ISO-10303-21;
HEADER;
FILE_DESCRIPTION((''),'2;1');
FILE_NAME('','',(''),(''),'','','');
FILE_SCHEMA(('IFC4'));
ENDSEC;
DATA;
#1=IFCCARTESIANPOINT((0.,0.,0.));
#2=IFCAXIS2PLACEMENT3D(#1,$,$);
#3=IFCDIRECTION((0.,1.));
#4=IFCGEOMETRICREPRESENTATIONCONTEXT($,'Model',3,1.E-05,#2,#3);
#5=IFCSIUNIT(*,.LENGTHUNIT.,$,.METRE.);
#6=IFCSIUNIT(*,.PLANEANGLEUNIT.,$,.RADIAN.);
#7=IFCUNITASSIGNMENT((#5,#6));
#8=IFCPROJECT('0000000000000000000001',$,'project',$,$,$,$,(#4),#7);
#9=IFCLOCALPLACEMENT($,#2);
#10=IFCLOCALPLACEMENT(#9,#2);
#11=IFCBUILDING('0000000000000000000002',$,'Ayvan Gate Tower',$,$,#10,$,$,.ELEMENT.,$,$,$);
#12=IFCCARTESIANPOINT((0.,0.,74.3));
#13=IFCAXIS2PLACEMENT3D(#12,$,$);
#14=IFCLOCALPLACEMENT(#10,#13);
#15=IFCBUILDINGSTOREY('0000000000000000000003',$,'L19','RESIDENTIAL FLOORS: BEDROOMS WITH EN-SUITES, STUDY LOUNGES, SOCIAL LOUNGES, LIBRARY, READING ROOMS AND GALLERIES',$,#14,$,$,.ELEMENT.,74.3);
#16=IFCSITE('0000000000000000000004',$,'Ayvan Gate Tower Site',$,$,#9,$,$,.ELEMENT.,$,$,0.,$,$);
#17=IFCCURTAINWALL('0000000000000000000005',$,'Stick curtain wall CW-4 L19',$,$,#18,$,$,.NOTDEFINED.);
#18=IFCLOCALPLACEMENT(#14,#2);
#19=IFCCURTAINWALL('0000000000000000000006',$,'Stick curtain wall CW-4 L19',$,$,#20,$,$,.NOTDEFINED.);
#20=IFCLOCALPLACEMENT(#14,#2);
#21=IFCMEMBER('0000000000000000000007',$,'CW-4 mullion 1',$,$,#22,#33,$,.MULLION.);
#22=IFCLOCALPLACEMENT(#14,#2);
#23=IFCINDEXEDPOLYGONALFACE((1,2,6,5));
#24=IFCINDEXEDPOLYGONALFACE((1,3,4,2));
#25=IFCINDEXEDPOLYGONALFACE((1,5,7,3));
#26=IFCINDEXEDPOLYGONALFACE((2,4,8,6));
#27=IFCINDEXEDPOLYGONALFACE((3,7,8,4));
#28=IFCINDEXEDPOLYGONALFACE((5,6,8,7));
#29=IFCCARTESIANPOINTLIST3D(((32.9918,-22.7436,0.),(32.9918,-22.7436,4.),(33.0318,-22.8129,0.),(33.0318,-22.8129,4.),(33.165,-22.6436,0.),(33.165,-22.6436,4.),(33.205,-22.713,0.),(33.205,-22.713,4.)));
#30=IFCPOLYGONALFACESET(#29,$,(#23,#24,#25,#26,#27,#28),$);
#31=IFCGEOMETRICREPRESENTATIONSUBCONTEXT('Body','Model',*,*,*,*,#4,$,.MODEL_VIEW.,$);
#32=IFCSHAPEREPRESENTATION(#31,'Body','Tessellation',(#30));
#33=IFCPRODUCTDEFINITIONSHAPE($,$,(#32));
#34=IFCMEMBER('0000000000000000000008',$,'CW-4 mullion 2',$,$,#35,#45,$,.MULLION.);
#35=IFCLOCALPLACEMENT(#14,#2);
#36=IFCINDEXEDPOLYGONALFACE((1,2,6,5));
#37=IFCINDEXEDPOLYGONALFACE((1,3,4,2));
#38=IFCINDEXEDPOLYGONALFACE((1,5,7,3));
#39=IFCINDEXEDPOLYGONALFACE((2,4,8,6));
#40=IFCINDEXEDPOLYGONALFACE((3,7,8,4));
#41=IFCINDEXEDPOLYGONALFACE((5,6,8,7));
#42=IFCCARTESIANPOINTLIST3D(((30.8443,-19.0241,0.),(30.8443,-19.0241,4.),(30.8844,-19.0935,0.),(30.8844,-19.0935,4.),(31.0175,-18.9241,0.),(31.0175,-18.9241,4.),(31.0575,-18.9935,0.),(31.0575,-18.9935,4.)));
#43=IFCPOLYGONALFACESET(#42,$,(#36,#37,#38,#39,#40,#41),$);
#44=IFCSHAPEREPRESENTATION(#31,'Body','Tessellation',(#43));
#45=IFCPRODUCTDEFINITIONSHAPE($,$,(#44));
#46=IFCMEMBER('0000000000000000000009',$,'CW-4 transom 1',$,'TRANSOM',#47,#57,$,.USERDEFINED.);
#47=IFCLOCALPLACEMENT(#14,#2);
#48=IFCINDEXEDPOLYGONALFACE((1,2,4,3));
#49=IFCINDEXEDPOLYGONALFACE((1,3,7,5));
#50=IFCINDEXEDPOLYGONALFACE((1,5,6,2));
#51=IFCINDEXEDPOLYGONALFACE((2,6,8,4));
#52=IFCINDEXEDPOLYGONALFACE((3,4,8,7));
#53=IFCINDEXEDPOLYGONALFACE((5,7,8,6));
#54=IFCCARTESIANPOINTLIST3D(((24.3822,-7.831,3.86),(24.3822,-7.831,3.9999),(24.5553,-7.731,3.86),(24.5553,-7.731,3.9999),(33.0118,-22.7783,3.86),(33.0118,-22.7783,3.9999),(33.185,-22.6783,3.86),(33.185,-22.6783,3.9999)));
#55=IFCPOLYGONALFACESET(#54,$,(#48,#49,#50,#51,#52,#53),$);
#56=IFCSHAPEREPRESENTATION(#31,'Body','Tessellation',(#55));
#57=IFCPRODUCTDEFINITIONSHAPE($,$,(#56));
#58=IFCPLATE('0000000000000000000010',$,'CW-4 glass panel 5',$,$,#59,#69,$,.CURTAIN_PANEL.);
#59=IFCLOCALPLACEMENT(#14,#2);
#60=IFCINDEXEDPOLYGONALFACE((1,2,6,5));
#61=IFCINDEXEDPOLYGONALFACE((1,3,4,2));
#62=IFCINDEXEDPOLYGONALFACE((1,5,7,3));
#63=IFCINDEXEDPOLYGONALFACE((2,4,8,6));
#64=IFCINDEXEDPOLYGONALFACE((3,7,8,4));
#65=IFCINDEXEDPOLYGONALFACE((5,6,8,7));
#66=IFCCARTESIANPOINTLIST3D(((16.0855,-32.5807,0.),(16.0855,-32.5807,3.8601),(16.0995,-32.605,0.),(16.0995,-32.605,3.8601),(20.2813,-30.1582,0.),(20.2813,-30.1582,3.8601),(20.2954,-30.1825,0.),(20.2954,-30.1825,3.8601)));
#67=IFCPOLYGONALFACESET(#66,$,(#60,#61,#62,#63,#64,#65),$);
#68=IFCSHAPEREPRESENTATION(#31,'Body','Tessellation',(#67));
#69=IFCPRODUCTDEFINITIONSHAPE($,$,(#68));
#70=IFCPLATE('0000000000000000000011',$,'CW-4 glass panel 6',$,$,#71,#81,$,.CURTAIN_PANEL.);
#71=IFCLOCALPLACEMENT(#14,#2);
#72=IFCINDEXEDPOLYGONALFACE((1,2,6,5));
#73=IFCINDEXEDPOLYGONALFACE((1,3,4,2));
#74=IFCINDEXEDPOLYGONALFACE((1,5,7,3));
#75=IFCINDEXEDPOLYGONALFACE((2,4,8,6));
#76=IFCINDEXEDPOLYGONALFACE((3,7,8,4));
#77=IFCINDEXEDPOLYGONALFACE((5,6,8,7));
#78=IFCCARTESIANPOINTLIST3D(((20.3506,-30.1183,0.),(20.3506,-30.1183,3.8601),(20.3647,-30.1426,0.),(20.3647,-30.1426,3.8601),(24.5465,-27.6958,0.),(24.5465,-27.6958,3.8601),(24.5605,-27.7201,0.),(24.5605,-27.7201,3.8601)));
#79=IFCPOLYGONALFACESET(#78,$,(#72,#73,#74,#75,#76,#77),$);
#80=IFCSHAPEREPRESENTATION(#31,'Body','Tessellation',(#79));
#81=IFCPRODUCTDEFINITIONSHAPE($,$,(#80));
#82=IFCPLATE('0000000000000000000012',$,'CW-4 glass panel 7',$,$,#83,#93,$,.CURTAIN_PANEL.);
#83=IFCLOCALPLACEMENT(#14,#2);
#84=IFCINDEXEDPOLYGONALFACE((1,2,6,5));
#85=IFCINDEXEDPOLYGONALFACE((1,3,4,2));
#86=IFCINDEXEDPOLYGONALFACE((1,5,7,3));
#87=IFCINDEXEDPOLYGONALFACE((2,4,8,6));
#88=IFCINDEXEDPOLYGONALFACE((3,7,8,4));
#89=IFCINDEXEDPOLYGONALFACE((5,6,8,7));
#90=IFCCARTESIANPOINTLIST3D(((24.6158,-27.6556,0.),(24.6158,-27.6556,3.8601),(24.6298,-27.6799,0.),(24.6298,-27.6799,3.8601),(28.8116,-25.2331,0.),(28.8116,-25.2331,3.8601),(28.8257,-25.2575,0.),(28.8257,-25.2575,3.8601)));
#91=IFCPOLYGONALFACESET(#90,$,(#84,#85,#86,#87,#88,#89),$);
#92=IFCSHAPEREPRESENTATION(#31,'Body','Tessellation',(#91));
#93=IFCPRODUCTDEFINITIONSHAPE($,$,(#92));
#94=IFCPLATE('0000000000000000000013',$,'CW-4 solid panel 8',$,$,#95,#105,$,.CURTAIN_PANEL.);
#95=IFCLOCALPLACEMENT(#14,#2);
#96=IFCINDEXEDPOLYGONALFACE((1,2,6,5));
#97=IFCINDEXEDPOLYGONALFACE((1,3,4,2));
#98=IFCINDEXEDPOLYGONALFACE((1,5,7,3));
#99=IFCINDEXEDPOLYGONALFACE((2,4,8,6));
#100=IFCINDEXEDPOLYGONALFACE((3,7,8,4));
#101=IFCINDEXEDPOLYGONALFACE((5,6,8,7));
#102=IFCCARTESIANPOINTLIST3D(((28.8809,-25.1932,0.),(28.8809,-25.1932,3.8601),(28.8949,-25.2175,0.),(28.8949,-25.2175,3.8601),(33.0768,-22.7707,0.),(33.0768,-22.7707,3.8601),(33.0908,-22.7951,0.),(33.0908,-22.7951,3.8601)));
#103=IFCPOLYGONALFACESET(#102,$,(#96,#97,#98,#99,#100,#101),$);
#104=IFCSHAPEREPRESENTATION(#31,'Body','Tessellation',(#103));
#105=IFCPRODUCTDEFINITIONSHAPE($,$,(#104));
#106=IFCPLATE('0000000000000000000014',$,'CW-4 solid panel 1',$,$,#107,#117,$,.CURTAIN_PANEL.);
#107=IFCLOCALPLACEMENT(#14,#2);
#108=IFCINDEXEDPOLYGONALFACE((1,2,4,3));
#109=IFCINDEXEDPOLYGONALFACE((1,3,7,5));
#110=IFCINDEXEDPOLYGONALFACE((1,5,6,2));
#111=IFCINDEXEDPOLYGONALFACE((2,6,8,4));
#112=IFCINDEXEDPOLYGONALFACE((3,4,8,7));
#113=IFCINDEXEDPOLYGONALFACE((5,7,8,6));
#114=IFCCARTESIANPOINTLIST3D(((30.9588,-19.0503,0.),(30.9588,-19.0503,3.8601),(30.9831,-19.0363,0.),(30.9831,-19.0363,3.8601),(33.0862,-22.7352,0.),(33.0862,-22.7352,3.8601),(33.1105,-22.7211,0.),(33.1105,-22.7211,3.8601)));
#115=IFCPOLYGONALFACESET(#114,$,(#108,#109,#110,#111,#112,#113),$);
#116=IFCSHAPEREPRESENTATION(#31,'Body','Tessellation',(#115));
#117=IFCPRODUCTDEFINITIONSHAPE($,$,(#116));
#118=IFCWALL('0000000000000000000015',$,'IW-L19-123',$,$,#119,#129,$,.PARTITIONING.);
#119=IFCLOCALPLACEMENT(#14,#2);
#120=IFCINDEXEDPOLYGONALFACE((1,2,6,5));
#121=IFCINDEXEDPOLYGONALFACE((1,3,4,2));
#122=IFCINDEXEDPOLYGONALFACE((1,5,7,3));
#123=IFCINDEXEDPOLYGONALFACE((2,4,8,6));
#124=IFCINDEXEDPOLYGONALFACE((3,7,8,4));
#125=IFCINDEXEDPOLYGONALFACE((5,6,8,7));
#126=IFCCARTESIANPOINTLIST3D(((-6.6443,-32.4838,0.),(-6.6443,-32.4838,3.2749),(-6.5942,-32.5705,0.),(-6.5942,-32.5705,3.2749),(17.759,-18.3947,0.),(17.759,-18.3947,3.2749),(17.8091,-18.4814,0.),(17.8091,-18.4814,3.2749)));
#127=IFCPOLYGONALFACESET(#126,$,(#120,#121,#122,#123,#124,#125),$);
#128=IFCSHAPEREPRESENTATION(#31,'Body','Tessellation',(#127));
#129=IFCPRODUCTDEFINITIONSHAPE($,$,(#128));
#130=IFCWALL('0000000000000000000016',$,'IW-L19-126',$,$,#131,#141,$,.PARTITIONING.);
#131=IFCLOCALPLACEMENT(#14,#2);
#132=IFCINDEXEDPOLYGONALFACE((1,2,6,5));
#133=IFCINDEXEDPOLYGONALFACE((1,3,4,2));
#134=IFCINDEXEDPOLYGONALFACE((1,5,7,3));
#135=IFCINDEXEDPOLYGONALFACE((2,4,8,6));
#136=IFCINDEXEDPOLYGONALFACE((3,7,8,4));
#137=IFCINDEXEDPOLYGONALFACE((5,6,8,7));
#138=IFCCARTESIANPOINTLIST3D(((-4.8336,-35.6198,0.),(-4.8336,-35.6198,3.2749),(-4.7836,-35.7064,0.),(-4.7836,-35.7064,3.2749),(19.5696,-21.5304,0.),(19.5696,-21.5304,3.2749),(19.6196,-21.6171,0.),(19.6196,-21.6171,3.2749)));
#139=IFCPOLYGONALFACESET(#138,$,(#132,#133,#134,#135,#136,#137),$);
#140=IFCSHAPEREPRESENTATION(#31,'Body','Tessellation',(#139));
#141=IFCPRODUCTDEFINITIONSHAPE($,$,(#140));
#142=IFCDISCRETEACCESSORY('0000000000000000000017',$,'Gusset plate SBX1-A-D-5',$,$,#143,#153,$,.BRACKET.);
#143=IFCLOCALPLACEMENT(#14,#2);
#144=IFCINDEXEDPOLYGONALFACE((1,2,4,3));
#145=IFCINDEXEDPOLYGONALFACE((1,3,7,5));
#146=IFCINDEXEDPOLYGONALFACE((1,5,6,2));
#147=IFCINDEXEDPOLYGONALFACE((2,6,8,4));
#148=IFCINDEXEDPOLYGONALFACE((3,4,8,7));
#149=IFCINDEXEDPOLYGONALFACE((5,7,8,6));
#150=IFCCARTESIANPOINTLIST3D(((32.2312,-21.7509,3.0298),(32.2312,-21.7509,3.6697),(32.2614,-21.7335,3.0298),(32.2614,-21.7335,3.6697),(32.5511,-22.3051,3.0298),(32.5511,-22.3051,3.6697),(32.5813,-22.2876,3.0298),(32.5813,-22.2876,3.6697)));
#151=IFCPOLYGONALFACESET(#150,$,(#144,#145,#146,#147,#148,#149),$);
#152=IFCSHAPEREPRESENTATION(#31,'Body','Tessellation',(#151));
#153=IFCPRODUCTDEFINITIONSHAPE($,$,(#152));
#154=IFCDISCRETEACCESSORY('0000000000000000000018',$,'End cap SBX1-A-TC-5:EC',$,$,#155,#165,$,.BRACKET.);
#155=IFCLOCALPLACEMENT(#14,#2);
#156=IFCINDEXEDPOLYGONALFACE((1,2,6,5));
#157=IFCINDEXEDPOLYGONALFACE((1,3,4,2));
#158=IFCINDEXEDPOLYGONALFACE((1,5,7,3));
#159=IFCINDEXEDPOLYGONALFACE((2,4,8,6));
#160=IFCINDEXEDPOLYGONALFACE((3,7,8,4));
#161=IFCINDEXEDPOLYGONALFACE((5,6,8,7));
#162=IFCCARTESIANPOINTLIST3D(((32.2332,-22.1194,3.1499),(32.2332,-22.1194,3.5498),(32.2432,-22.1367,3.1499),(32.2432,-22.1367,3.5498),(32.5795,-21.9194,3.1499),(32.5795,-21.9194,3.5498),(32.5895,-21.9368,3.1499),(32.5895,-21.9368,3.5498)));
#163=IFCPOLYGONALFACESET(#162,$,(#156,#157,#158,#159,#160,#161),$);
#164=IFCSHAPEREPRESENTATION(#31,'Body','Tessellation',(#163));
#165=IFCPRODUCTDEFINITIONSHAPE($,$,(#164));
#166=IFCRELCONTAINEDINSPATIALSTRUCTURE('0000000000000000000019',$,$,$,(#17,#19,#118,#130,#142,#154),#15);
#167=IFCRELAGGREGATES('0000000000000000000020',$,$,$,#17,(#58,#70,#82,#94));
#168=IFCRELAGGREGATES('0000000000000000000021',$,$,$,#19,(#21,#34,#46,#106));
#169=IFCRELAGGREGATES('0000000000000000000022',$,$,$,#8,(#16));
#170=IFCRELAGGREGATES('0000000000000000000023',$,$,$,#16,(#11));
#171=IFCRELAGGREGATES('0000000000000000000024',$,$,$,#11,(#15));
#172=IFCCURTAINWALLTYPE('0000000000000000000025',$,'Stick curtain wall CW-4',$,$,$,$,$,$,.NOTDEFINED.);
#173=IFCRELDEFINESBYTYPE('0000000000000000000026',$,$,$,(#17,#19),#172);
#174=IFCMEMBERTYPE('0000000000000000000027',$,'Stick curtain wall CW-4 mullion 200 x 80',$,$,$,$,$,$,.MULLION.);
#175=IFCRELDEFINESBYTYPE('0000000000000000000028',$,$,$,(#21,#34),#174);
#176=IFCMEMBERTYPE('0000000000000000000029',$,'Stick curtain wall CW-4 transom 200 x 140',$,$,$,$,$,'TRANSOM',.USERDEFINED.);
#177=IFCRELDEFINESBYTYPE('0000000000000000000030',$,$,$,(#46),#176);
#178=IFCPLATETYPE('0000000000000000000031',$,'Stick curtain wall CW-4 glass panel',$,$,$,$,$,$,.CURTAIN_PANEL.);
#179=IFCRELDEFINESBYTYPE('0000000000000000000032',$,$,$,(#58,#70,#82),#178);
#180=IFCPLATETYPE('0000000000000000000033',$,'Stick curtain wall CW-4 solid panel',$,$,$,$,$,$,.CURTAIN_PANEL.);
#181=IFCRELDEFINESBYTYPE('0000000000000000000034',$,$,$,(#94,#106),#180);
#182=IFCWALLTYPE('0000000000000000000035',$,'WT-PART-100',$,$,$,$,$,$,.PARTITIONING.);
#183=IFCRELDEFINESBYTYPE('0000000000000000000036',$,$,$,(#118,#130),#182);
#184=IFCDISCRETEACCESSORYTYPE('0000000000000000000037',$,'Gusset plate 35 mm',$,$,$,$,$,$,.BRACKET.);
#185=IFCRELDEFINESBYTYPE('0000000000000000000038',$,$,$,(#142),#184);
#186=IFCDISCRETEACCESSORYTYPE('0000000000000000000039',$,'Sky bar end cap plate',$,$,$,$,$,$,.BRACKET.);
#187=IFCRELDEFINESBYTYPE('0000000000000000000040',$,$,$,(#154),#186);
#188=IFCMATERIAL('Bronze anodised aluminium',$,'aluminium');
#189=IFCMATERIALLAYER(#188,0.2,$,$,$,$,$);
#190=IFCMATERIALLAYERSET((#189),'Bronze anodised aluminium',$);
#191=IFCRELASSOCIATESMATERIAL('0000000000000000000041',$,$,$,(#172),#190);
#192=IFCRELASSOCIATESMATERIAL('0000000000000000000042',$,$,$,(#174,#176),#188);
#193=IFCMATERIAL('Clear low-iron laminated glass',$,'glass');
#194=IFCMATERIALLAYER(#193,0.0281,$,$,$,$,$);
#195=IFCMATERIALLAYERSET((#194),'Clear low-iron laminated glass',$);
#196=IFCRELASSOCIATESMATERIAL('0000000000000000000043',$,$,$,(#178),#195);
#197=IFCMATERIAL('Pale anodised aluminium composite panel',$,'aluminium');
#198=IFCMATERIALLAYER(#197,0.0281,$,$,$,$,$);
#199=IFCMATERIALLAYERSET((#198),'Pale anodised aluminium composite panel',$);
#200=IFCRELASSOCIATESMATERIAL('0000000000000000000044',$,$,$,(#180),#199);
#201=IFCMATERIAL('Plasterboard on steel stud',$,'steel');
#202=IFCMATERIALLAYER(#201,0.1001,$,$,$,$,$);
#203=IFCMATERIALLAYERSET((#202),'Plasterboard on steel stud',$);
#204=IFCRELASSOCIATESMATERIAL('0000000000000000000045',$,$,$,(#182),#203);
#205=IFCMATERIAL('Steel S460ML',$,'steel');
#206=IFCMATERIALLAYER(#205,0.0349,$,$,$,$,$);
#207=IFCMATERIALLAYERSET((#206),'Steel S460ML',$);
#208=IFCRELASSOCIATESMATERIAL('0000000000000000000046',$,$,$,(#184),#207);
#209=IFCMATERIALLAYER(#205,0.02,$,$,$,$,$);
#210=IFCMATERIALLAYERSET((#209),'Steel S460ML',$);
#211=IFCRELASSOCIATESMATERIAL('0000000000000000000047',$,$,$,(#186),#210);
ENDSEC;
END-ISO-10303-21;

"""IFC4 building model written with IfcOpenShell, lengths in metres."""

from ifc_helpers import new_model, si_unit, direction, frame, frame_2d, origin, origin_2d, place, context, subcontext, project, spatial, rectangle, extrude, material, layer, layer_set, material_profile, profile_set, type_object, element, aggregate, save


model = new_model("IFC4")

# Units and contexts
model_context = context("Model", 3, precision=1e-05, world=origin(), true_north=direction((0.0, 1.0)))
body_context = subcontext(model_context, "Body", "Model", "MODEL_VIEW")
ifc_project = project(units=[si_unit("LENGTHUNIT", "METRE"), si_unit("PLANEANGLEUNIT", "RADIAN")], contexts=[model_context])

# Site, building, storey
site_placement = place(None, origin())
site = spatial("IfcSite", under=ifc_project, at=site_placement, Name="Ayvan Gate Tower Site", CompositionType="ELEMENT", RefElevation=0.0)
building_placement = place(site_placement, origin())
building = spatial("IfcBuilding", under=site, at=building_placement, Name="Ayvan Gate Tower", CompositionType="ELEMENT")
storey_placement = place(building_placement, frame((0.0, 0.0, 74.3)))
storey = spatial("IfcBuildingStorey", under=building, at=storey_placement, Name="L19", Description="RESIDENTIAL FLOORS: BEDROOMS WITH EN-SUITES, STUDY LOUNGES, SOCIAL LOUNGES, LIBRARY, READING ROOMS AND GALLERIES", CompositionType="ELEMENT", Elevation=74.3)

# Shared definitions
ifc_material_1 = material(Name="Steel S460ML", Category="steel")

# Curtain walls, members
ifc_material_2 = material(Name="Bronze anodised aluminium", Category="aluminium")
ifc_layer_1 = layer(ifc_material_2, 0.2)
ifc_layer_set_1 = layer_set([ifc_layer_1], Name="Bronze anodised aluminium")
curtain_wall_type = type_object("IfcCurtainWallType", Name="Stick curtain wall CW-4", PredefinedType="NOTDEFINED", material=ifc_layer_set_1)
curtain_wall_1_placement = place(storey_placement, origin())
curtain_wall_1 = element("IfcCurtainWall", 1, at=curtain_wall_1_placement, inside=storey, type_object=curtain_wall_type, Name="Stick curtain wall CW-4 L19", PredefinedType="NOTDEFINED")
ifc_material_profile_1 = material_profile(ifc_material_2, rectangle(XDim=0.2, YDim=0.0801, at=origin_2d()), Name="Stick curtain wall CW-4 mullion 200 x 80")
ifc_profile_set_1 = profile_set([ifc_material_profile_1], Name="Bronze anodised aluminium")
member_type_1 = type_object("IfcMemberType", Name="Stick curtain wall CW-4 mullion 200 x 80", PredefinedType="MULLION", material=ifc_profile_set_1)
curtain_wall_2_placement = place(storey_placement, origin())
curtain_wall_2 = element("IfcCurtainWall", 2, at=curtain_wall_2_placement, inside=storey, type_object=curtain_wall_type, Name="Stick curtain wall CW-4 L19", PredefinedType="NOTDEFINED")
member_1_placement = place(storey_placement, frame((33.0984, -22.7283, 0.0), z_axis=(0.0, 0.0, 1.0), x_axis=(0.866025, 0.5, 0.0)))
member_1 = element("IfcMember", 3, at=member_1_placement, type_object=member_type_1, Name="CW-4 mullion 1", PredefinedType="MULLION", context=body_context, shape_type="SweptSolid", body=[
    extrude(rectangle(XDim=0.2, YDim=0.0801, at=origin_2d()), origin(), (0.0, 0.0, 1.0), 4.0),
])
member_2_placement = place(storey_placement, frame((30.9509, -19.0088, 0.0), z_axis=(0.0, 0.0, 1.0), x_axis=(0.866025, 0.5, 0.0)))
member_2 = element("IfcMember", 4, at=member_2_placement, type_object=member_type_1, Name="CW-4 mullion 2", PredefinedType="MULLION", context=body_context, shape_type="SweptSolid", body=[
    extrude(rectangle(XDim=0.2, YDim=0.0801, at=origin_2d()), origin(), (0.0, 0.0, 1.0), 4.0),
])
ifc_material_profile_2 = material_profile(ifc_material_2, rectangle(XDim=0.2, YDim=0.1399, at=origin_2d()), Name="Stick curtain wall CW-4 transom 200 x 140")
ifc_profile_set_2 = profile_set([ifc_material_profile_2], Name="Bronze anodised aluminium")
member_type_2 = type_object("IfcMemberType", Name="Stick curtain wall CW-4 transom 200 x 140", ElementType="TRANSOM", PredefinedType="USERDEFINED", material=ifc_profile_set_2)
member_3_placement = place(storey_placement, frame((33.0984, -22.7283, 3.9299), z_axis=(-0.499993, 0.86603, 0.0), x_axis=(-0.86603, -0.499993, 0.0)))
member_3 = element("IfcMember", 5, at=member_3_placement, type_object=member_type_2, Name="CW-4 transom 1", ObjectType="TRANSOM", PredefinedType="USERDEFINED", context=body_context, shape_type="SweptSolid", body=[
    extrude(rectangle(XDim=0.2, YDim=0.1399, at=origin_2d()), origin(), (0.0, 0.0, 1.0), 17.2595),
])

# Plates
ifc_material_3 = material(Name="Clear low-iron laminated glass", Category="glass")
ifc_layer_2 = layer(ifc_material_3, 0.0281)
ifc_layer_set_2 = layer_set([ifc_layer_2], Name="Clear low-iron laminated glass")
plate_type_1 = type_object("IfcPlateType", Name="Stick curtain wall CW-4 glass panel", PredefinedType="CURTAIN_PANEL", material=ifc_layer_set_2)
plate_1_placement = place(storey_placement, frame((18.1904, -31.3816, 0.0), z_axis=(0.0, 0.0, 1.0), x_axis=(0.866025, 0.5, 0.0)))
plate_1 = element("IfcPlate", 6, at=plate_1_placement, type_object=plate_type_1, Name="CW-4 glass panel 5", PredefinedType="CURTAIN_PANEL", context=body_context, shape_type="SweptSolid", body=[
    extrude(rectangle(XDim=4.845, YDim=0.0281, at=origin_2d()), origin(), (0.0, 0.0, 1.0), 3.8601),
])
plate_2_placement = place(storey_placement, frame((22.4556, -28.9192, 0.0), z_axis=(0.0, 0.0, 1.0), x_axis=(0.866025, 0.5, 0.0)))
plate_2 = element("IfcPlate", 7, at=plate_2_placement, type_object=plate_type_1, Name="CW-4 glass panel 6", PredefinedType="CURTAIN_PANEL", context=body_context, shape_type="SweptSolid", body=[
    extrude(rectangle(XDim=4.845, YDim=0.0281, at=origin_2d()), origin(), (0.0, 0.0, 1.0), 3.8601),
])
plate_3_placement = place(storey_placement, frame((26.7207, -26.4565, 0.0), z_axis=(0.0, 0.0, 1.0), x_axis=(0.866025, 0.5, 0.0)))
plate_3 = element("IfcPlate", 8, at=plate_3_placement, type_object=plate_type_1, Name="CW-4 glass panel 7", PredefinedType="CURTAIN_PANEL", context=body_context, shape_type="SweptSolid", body=[
    extrude(rectangle(XDim=4.845, YDim=0.0281, at=origin_2d()), origin(), (0.0, 0.0, 1.0), 3.8601),
])
ifc_material_4 = material(Name="Pale anodised aluminium composite panel", Category="aluminium")
ifc_layer_3 = layer(ifc_material_4, 0.0281)
ifc_layer_set_3 = layer_set([ifc_layer_3], Name="Pale anodised aluminium composite panel")
plate_type_2 = type_object("IfcPlateType", Name="Stick curtain wall CW-4 solid panel", PredefinedType="CURTAIN_PANEL", material=ifc_layer_set_3)
plate_4_placement = place(storey_placement, frame((30.9858, -23.9941, 0.0), z_axis=(0.0, 0.0, 1.0), x_axis=(0.866025, 0.5, 0.0)))
plate_4 = element("IfcPlate", 9, at=plate_4_placement, type_object=plate_type_2, Name="CW-4 solid panel 8", PredefinedType="CURTAIN_PANEL", context=body_context, shape_type="SweptSolid", body=[
    extrude(rectangle(XDim=4.845, YDim=0.0281, at=origin_2d()), origin(), (0.0, 0.0, 1.0), 3.8601),
])
aggregate(curtain_wall_1, [plate_1, plate_2, plate_3, plate_4])
plate_5_placement = place(storey_placement, frame((32.0347, -20.8857, 0.0), z_axis=(0.0, 0.0, 1.0), x_axis=(-0.5, 0.866025, 0.0)))
plate_5 = element("IfcPlate", 10, at=plate_5_placement, type_object=plate_type_2, Name="CW-4 solid panel 1", PredefinedType="CURTAIN_PANEL", context=body_context, shape_type="SweptSolid", body=[
    extrude(rectangle(XDim=4.2549, YDim=0.0281, at=origin_2d()), origin(), (0.0, 0.0, 1.0), 3.8601),
])
aggregate(curtain_wall_2, [member_1, member_2, member_3, plate_5])

# Walls
ifc_material_5 = material(Name="Plasterboard on steel stud", Category="steel")
ifc_layer_4 = layer(ifc_material_5, 0.1001)
ifc_layer_set_4 = layer_set([ifc_layer_4], Name="Plasterboard on steel stud")
wall_type = type_object("IfcWallType", Name="WT-PART-100", PredefinedType="PARTITIONING", material=ifc_layer_set_4)
for number, where, z_axis, x_axis, name in (
    (11, (17.7842, -18.438, 0.0), (0.0, 0.0, 1.0), (-0.866028, -0.499996, 0.0), "IW-L19-123"),
    (12, (19.5947, -21.5737, 0.0), (0.0, 0.0, 1.0), (-0.866024, -0.500002, 0.0), "IW-L19-126"),
):
    element("IfcWall", number, at=place(storey_placement, frame(where, z_axis=z_axis, x_axis=x_axis)), inside=storey, type_object=wall_type, Name=name, PredefinedType="PARTITIONING", context=body_context, shape_type="SweptSolid", body=[
        extrude(rectangle(XDim=28.1785, YDim=0.1001, at=frame_2d((14.0894, 0.0))), origin(), (0.0, 0.0, 1.0), 3.2749),
    ])

# Discrete accessories
ifc_layer_5 = layer(ifc_material_1, 0.0349)
ifc_layer_set_5 = layer_set([ifc_layer_5], Name="Steel S460ML")
discrete_accessory_type_1 = type_object("IfcDiscreteAccessoryType", Name="Gusset plate 35 mm", PredefinedType="BRACKET", material=ifc_layer_set_5)
discrete_accessory_1_placement = place(storey_placement, frame((32.4062, -22.0193, 3.0298), z_axis=(0.0, 0.0, 1.0), x_axis=(-0.5, 0.866025, 0.0)))
element("IfcDiscreteAccessory", 13, at=discrete_accessory_1_placement, inside=storey, type_object=discrete_accessory_type_1, Name="Gusset plate SBX1-A-D-5", PredefinedType="BRACKET", context=body_context, shape_type="SweptSolid", body=[
    extrude(rectangle(XDim=0.6399, YDim=0.0349, at=origin_2d()), origin(), (0.0, 0.0, 1.0), 0.6399),
])
ifc_layer_6 = layer(ifc_material_1, 0.02)
ifc_layer_set_6 = layer_set([ifc_layer_6], Name="Steel S460ML")
discrete_accessory_type_2 = type_object("IfcDiscreteAccessoryType", Name="Sky bar end cap plate", PredefinedType="BRACKET", material=ifc_layer_set_6)
discrete_accessory_2_placement = place(storey_placement, frame((32.4114, -22.0281, 3.1499), z_axis=(0.0, 0.0, 1.0), x_axis=(0.5, -0.866025, 0.0)))
element("IfcDiscreteAccessory", 14, at=discrete_accessory_2_placement, inside=storey, type_object=discrete_accessory_type_2, Name="End cap SBX1-A-TC-5:EC", PredefinedType="BRACKET", context=body_context, shape_type="SweptSolid", body=[
    extrude(rectangle(XDim=0.02, YDim=0.3999, at=origin_2d()), origin(), (0.0, 0.0, 1.0), 0.3999),
])

save(model, "model.ifc")
